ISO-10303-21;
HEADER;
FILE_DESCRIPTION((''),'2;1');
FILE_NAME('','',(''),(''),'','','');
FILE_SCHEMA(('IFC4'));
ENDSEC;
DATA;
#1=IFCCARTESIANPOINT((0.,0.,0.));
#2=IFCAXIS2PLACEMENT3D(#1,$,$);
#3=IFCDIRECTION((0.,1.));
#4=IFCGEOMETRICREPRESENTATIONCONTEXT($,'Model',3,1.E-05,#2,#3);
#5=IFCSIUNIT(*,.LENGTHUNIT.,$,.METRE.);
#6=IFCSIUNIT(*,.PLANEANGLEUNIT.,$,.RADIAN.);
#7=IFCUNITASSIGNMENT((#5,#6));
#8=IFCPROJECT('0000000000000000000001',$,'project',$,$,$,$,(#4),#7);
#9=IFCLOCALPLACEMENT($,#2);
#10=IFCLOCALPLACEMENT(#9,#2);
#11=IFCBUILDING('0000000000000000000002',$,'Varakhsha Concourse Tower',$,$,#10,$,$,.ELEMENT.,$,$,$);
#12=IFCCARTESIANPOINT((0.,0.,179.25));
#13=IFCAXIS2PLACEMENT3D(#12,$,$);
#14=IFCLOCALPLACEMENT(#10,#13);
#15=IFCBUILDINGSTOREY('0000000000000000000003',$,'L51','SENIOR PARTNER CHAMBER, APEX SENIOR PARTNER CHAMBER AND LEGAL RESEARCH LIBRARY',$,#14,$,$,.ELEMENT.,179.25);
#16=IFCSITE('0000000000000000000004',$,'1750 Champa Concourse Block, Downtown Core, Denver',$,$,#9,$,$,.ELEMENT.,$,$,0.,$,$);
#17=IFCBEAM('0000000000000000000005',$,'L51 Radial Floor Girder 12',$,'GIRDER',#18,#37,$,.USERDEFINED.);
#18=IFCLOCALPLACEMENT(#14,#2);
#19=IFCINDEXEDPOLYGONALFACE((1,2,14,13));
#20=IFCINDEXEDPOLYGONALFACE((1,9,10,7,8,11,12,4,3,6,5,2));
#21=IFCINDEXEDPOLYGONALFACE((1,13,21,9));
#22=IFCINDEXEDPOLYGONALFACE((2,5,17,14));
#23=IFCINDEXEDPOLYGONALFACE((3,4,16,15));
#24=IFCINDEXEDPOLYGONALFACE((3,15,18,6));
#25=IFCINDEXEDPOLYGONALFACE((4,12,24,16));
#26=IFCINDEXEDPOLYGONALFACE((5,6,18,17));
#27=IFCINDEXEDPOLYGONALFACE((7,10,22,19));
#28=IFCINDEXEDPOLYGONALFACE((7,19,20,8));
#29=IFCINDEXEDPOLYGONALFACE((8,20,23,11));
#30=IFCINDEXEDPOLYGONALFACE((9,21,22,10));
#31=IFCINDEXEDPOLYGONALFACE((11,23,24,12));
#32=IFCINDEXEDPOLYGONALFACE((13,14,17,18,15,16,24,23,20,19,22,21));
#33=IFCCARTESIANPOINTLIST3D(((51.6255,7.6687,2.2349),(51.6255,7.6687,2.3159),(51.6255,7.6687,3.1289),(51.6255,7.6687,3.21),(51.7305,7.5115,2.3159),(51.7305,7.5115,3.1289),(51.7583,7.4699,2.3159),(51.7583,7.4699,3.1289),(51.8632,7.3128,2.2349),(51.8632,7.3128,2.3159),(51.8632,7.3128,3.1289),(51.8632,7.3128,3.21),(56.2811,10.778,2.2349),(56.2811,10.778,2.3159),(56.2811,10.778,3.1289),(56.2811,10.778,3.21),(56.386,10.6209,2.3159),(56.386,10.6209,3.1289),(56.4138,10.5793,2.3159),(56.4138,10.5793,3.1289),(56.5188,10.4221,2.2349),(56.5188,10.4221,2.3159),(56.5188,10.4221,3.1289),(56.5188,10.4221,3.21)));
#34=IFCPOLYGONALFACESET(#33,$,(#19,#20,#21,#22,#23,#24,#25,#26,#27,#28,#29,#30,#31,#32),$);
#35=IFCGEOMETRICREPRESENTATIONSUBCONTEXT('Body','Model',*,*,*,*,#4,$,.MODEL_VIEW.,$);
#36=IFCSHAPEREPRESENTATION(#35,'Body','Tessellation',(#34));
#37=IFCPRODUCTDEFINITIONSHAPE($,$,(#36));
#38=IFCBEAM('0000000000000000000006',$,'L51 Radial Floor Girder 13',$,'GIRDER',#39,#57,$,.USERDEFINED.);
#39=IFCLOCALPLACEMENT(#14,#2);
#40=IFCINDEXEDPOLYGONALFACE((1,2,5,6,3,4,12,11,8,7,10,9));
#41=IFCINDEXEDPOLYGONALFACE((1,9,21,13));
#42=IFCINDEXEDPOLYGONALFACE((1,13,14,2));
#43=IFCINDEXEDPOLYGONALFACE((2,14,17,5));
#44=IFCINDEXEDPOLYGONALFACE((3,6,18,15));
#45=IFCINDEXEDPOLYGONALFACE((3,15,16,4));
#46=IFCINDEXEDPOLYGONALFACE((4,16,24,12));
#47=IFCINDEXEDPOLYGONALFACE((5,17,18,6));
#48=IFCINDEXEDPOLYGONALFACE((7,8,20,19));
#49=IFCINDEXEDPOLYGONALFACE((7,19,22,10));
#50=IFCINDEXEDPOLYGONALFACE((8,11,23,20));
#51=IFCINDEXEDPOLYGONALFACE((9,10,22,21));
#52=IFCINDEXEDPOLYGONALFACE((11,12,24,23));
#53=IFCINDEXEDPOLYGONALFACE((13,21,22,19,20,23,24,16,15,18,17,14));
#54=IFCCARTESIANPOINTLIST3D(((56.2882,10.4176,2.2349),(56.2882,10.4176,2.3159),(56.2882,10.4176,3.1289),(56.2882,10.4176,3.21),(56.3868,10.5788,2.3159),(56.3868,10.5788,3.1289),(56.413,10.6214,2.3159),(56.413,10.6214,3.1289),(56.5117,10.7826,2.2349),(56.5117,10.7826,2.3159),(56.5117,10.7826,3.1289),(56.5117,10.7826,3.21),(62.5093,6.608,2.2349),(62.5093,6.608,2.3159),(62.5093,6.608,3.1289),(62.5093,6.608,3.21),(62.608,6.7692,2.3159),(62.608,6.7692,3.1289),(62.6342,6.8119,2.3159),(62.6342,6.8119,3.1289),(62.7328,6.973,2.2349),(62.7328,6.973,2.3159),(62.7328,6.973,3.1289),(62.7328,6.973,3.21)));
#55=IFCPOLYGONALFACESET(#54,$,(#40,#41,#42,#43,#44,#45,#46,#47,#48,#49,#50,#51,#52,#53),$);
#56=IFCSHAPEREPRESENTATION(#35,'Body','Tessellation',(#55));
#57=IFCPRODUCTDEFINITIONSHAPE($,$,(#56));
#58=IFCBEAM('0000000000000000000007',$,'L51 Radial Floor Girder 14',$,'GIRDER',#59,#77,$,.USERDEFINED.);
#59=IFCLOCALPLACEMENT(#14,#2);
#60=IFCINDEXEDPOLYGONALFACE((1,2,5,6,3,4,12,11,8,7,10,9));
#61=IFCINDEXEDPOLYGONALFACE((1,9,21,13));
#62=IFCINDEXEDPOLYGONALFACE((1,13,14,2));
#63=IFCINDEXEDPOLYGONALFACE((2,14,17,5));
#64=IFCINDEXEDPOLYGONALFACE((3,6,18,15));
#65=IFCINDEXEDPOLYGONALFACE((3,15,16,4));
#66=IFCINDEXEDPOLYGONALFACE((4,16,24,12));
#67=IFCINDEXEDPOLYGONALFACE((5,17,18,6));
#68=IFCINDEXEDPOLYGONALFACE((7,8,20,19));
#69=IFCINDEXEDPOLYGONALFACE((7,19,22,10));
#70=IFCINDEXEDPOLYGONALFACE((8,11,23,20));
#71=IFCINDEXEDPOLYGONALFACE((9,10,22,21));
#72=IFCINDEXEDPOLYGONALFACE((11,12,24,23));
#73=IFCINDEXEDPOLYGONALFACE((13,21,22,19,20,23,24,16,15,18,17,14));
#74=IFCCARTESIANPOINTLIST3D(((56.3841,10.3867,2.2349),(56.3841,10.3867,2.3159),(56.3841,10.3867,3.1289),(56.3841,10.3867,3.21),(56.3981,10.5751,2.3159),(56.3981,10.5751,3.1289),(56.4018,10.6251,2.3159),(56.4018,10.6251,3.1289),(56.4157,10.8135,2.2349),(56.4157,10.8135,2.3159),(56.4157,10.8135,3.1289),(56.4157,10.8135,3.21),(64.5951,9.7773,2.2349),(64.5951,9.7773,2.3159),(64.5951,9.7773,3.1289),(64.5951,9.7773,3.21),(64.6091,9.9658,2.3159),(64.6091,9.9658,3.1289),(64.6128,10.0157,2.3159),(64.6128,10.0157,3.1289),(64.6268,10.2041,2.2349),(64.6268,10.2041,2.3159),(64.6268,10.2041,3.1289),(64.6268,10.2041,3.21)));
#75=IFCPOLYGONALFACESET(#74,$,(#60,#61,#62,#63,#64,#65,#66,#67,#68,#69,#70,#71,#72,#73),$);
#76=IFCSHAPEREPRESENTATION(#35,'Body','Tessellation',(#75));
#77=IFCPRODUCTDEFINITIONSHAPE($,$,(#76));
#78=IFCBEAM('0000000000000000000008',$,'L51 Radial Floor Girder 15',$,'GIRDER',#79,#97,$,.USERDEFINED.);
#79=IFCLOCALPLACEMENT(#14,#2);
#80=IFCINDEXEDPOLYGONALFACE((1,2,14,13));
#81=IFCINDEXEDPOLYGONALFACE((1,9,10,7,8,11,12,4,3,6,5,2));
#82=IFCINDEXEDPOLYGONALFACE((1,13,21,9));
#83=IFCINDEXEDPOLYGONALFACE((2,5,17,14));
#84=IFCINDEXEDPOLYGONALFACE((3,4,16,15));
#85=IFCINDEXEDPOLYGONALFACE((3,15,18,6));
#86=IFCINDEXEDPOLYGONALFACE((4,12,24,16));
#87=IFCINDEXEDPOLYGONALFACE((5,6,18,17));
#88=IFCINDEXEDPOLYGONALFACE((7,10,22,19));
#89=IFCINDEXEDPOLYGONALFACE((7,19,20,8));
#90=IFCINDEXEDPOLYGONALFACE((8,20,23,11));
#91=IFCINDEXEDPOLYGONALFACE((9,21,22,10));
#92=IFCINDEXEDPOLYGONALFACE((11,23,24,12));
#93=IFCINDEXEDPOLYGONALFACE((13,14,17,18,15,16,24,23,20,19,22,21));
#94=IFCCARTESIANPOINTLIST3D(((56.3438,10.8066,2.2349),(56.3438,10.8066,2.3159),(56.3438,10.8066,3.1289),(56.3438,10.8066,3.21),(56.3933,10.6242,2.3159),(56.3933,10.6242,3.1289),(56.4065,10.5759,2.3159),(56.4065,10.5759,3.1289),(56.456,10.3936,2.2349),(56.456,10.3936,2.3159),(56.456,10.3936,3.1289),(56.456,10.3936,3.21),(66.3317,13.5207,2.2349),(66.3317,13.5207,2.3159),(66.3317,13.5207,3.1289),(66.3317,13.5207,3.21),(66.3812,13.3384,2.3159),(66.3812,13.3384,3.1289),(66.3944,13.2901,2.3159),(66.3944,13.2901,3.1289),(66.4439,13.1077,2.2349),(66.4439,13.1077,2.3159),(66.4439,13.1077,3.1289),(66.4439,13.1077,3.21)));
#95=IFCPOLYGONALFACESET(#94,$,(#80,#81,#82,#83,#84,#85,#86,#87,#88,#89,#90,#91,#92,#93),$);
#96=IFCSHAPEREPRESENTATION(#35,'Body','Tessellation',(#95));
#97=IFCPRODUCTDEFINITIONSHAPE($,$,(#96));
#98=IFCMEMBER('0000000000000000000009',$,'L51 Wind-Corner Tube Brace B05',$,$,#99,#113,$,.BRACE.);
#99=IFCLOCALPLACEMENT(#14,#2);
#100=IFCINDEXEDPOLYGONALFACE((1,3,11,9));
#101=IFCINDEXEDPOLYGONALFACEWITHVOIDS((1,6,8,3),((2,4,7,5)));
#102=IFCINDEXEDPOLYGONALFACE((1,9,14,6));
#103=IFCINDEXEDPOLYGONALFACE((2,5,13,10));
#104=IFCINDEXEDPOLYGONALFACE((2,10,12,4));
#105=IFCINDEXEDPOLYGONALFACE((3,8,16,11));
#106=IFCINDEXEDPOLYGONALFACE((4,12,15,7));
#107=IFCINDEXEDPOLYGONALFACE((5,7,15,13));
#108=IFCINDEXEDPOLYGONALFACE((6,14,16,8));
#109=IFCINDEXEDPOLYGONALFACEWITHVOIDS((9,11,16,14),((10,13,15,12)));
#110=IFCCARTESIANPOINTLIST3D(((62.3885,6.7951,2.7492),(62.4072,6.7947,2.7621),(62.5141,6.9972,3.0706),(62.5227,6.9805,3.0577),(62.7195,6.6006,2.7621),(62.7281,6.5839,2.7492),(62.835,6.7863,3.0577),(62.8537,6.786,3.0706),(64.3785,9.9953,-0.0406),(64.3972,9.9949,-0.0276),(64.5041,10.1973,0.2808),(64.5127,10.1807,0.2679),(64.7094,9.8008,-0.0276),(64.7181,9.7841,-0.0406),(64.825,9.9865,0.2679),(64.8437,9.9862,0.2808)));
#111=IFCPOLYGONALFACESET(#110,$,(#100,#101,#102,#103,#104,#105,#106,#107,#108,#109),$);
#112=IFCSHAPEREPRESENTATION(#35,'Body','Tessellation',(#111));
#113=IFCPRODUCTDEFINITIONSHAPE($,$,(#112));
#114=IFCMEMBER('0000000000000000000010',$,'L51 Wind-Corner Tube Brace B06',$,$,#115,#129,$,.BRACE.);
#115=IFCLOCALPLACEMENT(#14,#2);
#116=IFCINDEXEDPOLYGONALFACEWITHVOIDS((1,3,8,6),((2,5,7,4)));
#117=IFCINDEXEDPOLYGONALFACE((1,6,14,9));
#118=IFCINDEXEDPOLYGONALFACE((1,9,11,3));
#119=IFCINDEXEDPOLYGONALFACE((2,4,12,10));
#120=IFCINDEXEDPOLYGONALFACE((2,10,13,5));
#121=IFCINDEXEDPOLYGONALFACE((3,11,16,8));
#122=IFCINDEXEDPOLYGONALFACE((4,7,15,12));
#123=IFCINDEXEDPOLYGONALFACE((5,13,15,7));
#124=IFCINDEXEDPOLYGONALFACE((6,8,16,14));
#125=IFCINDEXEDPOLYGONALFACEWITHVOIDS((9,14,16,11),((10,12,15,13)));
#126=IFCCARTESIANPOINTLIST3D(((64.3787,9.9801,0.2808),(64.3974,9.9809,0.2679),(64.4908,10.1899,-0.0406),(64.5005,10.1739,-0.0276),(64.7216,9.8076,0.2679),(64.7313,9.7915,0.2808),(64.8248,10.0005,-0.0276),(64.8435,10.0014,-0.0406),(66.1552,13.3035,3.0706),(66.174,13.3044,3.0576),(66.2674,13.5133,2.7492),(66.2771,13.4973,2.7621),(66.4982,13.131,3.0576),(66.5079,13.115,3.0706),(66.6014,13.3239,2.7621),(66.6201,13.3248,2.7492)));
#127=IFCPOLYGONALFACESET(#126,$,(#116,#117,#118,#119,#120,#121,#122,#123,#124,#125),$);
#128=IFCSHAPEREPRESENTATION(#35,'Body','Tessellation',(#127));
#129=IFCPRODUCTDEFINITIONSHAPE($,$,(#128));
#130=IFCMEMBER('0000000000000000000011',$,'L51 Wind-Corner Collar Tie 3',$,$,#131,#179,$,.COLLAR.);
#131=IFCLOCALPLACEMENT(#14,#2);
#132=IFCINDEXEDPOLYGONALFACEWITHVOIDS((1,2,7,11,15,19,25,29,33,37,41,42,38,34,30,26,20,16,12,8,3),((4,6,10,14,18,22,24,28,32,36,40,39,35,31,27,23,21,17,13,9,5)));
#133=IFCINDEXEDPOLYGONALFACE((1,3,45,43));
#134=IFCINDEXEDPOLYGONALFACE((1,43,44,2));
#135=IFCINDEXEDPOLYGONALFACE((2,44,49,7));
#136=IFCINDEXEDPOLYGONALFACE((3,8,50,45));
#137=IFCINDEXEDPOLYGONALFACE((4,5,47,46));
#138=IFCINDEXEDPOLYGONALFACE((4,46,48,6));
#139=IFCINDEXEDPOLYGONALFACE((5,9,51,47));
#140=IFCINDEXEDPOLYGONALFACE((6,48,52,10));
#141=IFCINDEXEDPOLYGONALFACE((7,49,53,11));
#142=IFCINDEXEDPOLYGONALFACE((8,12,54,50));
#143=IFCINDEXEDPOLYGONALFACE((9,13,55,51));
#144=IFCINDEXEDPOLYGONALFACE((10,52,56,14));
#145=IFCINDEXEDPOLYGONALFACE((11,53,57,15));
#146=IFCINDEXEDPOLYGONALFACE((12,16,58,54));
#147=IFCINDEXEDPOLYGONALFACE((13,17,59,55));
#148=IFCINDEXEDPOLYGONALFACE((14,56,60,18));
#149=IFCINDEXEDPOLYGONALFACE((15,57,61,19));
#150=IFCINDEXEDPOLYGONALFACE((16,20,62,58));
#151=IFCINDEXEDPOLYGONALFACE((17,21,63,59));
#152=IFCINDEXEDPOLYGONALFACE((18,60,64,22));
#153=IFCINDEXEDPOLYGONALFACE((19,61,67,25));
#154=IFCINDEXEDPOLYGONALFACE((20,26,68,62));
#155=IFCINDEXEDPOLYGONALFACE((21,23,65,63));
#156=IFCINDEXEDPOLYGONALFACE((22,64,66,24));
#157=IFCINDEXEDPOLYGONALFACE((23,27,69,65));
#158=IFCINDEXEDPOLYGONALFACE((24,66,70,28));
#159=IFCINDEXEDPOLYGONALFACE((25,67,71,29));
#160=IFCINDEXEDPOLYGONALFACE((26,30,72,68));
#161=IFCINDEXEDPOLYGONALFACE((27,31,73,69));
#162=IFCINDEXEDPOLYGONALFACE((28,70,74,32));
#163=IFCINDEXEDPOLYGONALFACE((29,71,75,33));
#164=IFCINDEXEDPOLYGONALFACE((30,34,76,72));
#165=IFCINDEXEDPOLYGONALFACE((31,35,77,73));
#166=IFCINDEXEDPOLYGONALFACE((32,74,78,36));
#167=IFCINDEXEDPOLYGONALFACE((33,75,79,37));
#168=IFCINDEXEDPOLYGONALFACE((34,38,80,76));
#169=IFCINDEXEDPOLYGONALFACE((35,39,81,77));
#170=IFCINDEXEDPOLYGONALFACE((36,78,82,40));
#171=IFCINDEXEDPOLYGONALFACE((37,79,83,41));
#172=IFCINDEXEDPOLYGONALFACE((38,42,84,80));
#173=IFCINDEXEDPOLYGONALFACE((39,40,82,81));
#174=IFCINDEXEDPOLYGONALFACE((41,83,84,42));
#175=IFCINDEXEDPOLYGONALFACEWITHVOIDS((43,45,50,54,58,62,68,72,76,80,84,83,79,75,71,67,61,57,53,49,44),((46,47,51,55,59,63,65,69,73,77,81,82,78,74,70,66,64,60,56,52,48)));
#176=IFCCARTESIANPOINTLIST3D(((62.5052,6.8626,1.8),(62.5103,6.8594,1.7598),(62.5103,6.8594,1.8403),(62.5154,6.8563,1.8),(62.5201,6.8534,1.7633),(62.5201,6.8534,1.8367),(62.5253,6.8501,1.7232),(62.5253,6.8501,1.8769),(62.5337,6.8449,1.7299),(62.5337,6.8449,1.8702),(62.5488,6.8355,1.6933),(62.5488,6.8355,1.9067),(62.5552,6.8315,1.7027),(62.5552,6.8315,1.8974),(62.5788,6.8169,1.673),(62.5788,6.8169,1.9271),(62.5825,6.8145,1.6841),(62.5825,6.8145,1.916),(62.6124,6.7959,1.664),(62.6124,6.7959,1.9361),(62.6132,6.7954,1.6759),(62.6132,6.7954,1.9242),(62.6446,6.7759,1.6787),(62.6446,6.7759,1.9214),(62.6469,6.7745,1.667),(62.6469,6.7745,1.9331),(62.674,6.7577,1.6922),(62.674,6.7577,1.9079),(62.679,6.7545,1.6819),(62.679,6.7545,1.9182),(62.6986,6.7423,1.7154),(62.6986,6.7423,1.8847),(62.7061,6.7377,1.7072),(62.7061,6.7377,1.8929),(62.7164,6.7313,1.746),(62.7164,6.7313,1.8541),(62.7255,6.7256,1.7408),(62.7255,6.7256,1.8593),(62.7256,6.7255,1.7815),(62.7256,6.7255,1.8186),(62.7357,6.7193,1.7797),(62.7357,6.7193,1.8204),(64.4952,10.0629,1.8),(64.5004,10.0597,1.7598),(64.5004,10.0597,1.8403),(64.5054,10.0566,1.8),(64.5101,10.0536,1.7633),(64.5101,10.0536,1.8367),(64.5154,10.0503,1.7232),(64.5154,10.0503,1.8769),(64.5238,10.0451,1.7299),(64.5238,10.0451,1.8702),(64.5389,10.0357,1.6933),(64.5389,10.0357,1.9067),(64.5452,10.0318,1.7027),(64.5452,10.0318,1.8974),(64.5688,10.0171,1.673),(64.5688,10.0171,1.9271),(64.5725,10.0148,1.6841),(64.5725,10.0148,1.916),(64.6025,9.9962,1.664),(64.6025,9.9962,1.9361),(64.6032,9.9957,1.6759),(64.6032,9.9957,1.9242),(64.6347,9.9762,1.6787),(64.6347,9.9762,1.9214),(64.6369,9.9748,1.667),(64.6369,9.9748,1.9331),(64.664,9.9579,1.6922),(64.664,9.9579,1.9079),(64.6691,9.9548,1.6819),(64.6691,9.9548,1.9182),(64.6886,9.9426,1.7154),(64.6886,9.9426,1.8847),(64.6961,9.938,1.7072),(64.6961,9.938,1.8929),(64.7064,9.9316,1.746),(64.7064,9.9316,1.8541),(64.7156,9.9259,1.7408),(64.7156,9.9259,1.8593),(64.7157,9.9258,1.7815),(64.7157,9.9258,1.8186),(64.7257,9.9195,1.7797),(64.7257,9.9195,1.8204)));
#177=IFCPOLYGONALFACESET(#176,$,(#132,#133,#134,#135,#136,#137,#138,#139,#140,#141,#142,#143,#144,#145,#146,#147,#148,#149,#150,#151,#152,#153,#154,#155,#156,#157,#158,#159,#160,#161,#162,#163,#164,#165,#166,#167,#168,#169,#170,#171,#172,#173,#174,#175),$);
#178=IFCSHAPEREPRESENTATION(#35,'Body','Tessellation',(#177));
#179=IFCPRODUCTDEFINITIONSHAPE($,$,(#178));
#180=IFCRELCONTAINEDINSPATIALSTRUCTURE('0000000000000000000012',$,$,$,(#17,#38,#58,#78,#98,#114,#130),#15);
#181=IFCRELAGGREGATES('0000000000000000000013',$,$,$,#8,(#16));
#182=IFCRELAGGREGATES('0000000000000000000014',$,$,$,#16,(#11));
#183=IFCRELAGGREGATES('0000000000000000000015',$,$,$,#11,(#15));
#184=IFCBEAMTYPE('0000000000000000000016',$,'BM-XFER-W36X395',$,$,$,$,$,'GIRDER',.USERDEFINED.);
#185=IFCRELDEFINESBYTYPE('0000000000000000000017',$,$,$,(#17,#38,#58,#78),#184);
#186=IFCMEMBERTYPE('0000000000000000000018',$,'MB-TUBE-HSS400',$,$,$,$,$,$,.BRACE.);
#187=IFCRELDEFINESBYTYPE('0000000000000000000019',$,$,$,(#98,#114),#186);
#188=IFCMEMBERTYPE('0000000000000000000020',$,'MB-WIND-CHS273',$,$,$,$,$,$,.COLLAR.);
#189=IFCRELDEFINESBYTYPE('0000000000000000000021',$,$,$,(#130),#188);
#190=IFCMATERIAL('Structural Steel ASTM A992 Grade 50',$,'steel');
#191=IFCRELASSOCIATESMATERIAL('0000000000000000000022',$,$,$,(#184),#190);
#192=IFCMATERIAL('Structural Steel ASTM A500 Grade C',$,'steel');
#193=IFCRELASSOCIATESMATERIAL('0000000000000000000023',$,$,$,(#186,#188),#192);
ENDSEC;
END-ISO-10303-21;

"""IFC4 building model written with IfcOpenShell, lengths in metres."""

from ifc_helpers import new_model, si_unit, direction, frame, origin, origin_2d, place, context, subcontext, project, spatial, hollow_rectangle, hollow_circle, i_section, extrude, source, transform, mapped, material, material_profile, profile_set, type_object, type_shapes, element, save


model = new_model("IFC4")

# Units and contexts
model_context = context("Model", 3, precision=1e-05, world=origin(), true_north=direction((0.0, 1.0)))
body_context = subcontext(model_context, "Body", "Model", "MODEL_VIEW")
ifc_project = project(units=[si_unit("LENGTHUNIT", "METRE"), si_unit("PLANEANGLEUNIT", "RADIAN")], contexts=[model_context])

# Site, building, storey
site_placement = place(None, origin())
site = spatial("IfcSite", under=ifc_project, at=site_placement, Name="1750 Champa Concourse Block, Downtown Core, Denver", CompositionType="ELEMENT", RefElevation=0.0)
building_placement = place(site_placement, origin())
building = spatial("IfcBuilding", under=site, at=building_placement, Name="Varakhsha Concourse Tower", CompositionType="ELEMENT")
storey_placement = place(building_placement, frame((0.0, 0.0, 179.25)))
storey = spatial("IfcBuildingStorey", under=building, at=storey_placement, Name="L51", Description="SENIOR PARTNER CHAMBER, APEX SENIOR PARTNER CHAMBER AND LEGAL RESEARCH LIBRARY", CompositionType="ELEMENT", Elevation=179.25)

# Shared definitions
ifc_material_1 = material(Name="Structural Steel ASTM A992 Grade 50", Category="steel")

# Beams
ifc_material_profile_1 = material_profile(ifc_material_1, i_section(OverallWidth=0.428, OverallDepth=0.9751, WebThickness=0.05, FlangeThickness=0.0811, at=origin_2d()), Name="W36X395")
ifc_profile_set_1 = profile_set([ifc_material_profile_1], Name="Structural Steel ASTM A992 Grade 50")
beam_type_1 = type_object("IfcBeamType", Name="BM-XFER-W36X395", ElementType="GIRDER", PredefinedType="USERDEFINED", material=ifc_profile_set_1)
beam_1_placement = place(storey_placement, frame((56.3999, 10.6001, 2.7224), z_axis=(-0.83158, -0.555404, 0.0), x_axis=(0.555404, -0.83158, 0.0)))
element("IfcBeam", 1, at=beam_1_placement, inside=storey, type_object=beam_type_1, Name="L51 Radial Floor Girder 12", ObjectType="GIRDER", PredefinedType="USERDEFINED", context=body_context, shape_type="SweptSolid", body=[
    extrude(i_section(OverallWidth=0.428, OverallDepth=0.9751, WebThickness=0.05, FlangeThickness=0.0811, at=origin_2d()), origin(), (0.0, 0.0, 1.0), 5.5984),
])
beam_2_placement = place(storey_placement, frame((56.3999, 10.6001, 2.7224), z_axis=(0.85281, -0.522221, 0.0), x_axis=(0.522221, 0.85281, 0.0)))
element("IfcBeam", 2, at=beam_2_placement, inside=storey, type_object=beam_type_1, Name="L51 Radial Floor Girder 13", ObjectType="GIRDER", PredefinedType="USERDEFINED", context=body_context, shape_type="SweptSolid", body=[
    extrude(i_section(OverallWidth=0.428, OverallDepth=0.9751, WebThickness=0.05, FlangeThickness=0.0811, at=origin_2d()), origin(), (0.0, 0.0, 1.0), 7.2949),
])
beam_3_placement = place(storey_placement, frame((56.3999, 10.6001, 2.7224), z_axis=(0.997258, -0.074009, 0.0), x_axis=(0.074009, 0.997258, 0.0)))
element("IfcBeam", 3, at=beam_3_placement, inside=storey, type_object=beam_type_1, Name="L51 Radial Floor Girder 14", ObjectType="GIRDER", PredefinedType="USERDEFINED", context=body_context, shape_type="SweptSolid", body=[
    extrude(i_section(OverallWidth=0.428, OverallDepth=0.9751, WebThickness=0.05, FlangeThickness=0.0811, at=origin_2d()), origin(), (0.0, 0.0, 1.0), 8.2336),
])
beam_4_placement = place(storey_placement, frame((56.3999, 10.6001, 2.7224), z_axis=(0.965005, 0.262233, 0.0), x_axis=(-0.262233, 0.965005, 0.0)))
element("IfcBeam", 4, at=beam_4_placement, inside=storey, type_object=beam_type_1, Name="L51 Radial Floor Girder 15", ObjectType="GIRDER", PredefinedType="USERDEFINED", context=body_context, shape_type="SweptSolid", body=[
    extrude(i_section(OverallWidth=0.428, OverallDepth=0.9751, WebThickness=0.05, FlangeThickness=0.0811, at=origin_2d()), origin(), (0.0, 0.0, 1.0), 10.3501),
])

# Members
ifc_material_2 = material(Name="Structural Steel ASTM A500 Grade C", Category="steel")
ifc_material_profile_2 = material_profile(ifc_material_2, hollow_rectangle(XDim=0.3999, YDim=0.3999, WallThickness=0.0161, at=origin_2d()), Name="HSS 400x400x16")
ifc_profile_set_2 = profile_set([ifc_material_profile_2], Name="Structural Steel ASTM A500 Grade C")
member_type_1 = type_object("IfcMemberType", Name="MB-TUBE-HSS400", PredefinedType="BRACE", material=ifc_profile_set_2)
shared_shape_1 = source(origin(), body_context, "Body", "SweptSolid", [
    extrude(hollow_rectangle(XDim=0.3999, YDim=0.3999, WallThickness=0.0161, at=origin_2d()), origin(), (0.0, 0.0, 1.0), 4.6887),
])
type_shapes(member_type_1, [shared_shape_1])
for number, where, z_axis, x_axis, name in (
    (5, (64.6111, 9.9907, 0.1201), (-0.424419, -0.682528, 0.594999), (0.849204, -0.528064, 0.0), "L51 Wind-Corner Tube Brace B05"),
    (6, (64.6111, 9.9907, 0.1201), (0.378905, 0.708814, 0.594991), (-0.881902, 0.471432, 0.0), "L51 Wind-Corner Tube Brace B06"),
):
    element("IfcMember", number, at=place(storey_placement, frame(where, z_axis=z_axis, x_axis=x_axis)), inside=storey, type_object=member_type_1, Name=name, PredefinedType="BRACE", context=body_context, shape_type="MappedRepresentation", body=[
        mapped(shared_shape_1, transform((0.0, 0.0, 0.0), scale=1.0)),
    ])
ifc_material_profile_3 = material_profile(ifc_material_2, hollow_circle(Radius=0.1365, WallThickness=0.012, at=origin_2d()), Name="CHS 273x12")
ifc_profile_set_3 = profile_set([ifc_material_profile_3], Name="Structural Steel ASTM A500 Grade C")
member_type_2 = type_object("IfcMemberType", Name="MB-WIND-CHS273", PredefinedType="COLLAR", material=ifc_profile_set_3)
shared_shape_2 = source(origin(), body_context, "Body", "SweptSolid", [
    extrude(hollow_circle(Radius=0.1365, WallThickness=0.012, at=origin_2d()), origin(), (0.0, 0.0, 1.0), 3.7686),
])
type_shapes(member_type_2, [shared_shape_2])
member_1_placement = place(storey_placement, frame((62.6211, 6.7905, 1.8), z_axis=(0.528064, 0.849204, 0.0), x_axis=(-0.849204, 0.528064, 0.0)))
element("IfcMember", 7, at=member_1_placement, inside=storey, type_object=member_type_2, Name="L51 Wind-Corner Collar Tie 3", PredefinedType="COLLAR", context=body_context, shape_type="MappedRepresentation", body=[
    mapped(shared_shape_2, transform((0.0, 0.0, 0.0), scale=1.0)),
])

save(model, "model.ifc")
